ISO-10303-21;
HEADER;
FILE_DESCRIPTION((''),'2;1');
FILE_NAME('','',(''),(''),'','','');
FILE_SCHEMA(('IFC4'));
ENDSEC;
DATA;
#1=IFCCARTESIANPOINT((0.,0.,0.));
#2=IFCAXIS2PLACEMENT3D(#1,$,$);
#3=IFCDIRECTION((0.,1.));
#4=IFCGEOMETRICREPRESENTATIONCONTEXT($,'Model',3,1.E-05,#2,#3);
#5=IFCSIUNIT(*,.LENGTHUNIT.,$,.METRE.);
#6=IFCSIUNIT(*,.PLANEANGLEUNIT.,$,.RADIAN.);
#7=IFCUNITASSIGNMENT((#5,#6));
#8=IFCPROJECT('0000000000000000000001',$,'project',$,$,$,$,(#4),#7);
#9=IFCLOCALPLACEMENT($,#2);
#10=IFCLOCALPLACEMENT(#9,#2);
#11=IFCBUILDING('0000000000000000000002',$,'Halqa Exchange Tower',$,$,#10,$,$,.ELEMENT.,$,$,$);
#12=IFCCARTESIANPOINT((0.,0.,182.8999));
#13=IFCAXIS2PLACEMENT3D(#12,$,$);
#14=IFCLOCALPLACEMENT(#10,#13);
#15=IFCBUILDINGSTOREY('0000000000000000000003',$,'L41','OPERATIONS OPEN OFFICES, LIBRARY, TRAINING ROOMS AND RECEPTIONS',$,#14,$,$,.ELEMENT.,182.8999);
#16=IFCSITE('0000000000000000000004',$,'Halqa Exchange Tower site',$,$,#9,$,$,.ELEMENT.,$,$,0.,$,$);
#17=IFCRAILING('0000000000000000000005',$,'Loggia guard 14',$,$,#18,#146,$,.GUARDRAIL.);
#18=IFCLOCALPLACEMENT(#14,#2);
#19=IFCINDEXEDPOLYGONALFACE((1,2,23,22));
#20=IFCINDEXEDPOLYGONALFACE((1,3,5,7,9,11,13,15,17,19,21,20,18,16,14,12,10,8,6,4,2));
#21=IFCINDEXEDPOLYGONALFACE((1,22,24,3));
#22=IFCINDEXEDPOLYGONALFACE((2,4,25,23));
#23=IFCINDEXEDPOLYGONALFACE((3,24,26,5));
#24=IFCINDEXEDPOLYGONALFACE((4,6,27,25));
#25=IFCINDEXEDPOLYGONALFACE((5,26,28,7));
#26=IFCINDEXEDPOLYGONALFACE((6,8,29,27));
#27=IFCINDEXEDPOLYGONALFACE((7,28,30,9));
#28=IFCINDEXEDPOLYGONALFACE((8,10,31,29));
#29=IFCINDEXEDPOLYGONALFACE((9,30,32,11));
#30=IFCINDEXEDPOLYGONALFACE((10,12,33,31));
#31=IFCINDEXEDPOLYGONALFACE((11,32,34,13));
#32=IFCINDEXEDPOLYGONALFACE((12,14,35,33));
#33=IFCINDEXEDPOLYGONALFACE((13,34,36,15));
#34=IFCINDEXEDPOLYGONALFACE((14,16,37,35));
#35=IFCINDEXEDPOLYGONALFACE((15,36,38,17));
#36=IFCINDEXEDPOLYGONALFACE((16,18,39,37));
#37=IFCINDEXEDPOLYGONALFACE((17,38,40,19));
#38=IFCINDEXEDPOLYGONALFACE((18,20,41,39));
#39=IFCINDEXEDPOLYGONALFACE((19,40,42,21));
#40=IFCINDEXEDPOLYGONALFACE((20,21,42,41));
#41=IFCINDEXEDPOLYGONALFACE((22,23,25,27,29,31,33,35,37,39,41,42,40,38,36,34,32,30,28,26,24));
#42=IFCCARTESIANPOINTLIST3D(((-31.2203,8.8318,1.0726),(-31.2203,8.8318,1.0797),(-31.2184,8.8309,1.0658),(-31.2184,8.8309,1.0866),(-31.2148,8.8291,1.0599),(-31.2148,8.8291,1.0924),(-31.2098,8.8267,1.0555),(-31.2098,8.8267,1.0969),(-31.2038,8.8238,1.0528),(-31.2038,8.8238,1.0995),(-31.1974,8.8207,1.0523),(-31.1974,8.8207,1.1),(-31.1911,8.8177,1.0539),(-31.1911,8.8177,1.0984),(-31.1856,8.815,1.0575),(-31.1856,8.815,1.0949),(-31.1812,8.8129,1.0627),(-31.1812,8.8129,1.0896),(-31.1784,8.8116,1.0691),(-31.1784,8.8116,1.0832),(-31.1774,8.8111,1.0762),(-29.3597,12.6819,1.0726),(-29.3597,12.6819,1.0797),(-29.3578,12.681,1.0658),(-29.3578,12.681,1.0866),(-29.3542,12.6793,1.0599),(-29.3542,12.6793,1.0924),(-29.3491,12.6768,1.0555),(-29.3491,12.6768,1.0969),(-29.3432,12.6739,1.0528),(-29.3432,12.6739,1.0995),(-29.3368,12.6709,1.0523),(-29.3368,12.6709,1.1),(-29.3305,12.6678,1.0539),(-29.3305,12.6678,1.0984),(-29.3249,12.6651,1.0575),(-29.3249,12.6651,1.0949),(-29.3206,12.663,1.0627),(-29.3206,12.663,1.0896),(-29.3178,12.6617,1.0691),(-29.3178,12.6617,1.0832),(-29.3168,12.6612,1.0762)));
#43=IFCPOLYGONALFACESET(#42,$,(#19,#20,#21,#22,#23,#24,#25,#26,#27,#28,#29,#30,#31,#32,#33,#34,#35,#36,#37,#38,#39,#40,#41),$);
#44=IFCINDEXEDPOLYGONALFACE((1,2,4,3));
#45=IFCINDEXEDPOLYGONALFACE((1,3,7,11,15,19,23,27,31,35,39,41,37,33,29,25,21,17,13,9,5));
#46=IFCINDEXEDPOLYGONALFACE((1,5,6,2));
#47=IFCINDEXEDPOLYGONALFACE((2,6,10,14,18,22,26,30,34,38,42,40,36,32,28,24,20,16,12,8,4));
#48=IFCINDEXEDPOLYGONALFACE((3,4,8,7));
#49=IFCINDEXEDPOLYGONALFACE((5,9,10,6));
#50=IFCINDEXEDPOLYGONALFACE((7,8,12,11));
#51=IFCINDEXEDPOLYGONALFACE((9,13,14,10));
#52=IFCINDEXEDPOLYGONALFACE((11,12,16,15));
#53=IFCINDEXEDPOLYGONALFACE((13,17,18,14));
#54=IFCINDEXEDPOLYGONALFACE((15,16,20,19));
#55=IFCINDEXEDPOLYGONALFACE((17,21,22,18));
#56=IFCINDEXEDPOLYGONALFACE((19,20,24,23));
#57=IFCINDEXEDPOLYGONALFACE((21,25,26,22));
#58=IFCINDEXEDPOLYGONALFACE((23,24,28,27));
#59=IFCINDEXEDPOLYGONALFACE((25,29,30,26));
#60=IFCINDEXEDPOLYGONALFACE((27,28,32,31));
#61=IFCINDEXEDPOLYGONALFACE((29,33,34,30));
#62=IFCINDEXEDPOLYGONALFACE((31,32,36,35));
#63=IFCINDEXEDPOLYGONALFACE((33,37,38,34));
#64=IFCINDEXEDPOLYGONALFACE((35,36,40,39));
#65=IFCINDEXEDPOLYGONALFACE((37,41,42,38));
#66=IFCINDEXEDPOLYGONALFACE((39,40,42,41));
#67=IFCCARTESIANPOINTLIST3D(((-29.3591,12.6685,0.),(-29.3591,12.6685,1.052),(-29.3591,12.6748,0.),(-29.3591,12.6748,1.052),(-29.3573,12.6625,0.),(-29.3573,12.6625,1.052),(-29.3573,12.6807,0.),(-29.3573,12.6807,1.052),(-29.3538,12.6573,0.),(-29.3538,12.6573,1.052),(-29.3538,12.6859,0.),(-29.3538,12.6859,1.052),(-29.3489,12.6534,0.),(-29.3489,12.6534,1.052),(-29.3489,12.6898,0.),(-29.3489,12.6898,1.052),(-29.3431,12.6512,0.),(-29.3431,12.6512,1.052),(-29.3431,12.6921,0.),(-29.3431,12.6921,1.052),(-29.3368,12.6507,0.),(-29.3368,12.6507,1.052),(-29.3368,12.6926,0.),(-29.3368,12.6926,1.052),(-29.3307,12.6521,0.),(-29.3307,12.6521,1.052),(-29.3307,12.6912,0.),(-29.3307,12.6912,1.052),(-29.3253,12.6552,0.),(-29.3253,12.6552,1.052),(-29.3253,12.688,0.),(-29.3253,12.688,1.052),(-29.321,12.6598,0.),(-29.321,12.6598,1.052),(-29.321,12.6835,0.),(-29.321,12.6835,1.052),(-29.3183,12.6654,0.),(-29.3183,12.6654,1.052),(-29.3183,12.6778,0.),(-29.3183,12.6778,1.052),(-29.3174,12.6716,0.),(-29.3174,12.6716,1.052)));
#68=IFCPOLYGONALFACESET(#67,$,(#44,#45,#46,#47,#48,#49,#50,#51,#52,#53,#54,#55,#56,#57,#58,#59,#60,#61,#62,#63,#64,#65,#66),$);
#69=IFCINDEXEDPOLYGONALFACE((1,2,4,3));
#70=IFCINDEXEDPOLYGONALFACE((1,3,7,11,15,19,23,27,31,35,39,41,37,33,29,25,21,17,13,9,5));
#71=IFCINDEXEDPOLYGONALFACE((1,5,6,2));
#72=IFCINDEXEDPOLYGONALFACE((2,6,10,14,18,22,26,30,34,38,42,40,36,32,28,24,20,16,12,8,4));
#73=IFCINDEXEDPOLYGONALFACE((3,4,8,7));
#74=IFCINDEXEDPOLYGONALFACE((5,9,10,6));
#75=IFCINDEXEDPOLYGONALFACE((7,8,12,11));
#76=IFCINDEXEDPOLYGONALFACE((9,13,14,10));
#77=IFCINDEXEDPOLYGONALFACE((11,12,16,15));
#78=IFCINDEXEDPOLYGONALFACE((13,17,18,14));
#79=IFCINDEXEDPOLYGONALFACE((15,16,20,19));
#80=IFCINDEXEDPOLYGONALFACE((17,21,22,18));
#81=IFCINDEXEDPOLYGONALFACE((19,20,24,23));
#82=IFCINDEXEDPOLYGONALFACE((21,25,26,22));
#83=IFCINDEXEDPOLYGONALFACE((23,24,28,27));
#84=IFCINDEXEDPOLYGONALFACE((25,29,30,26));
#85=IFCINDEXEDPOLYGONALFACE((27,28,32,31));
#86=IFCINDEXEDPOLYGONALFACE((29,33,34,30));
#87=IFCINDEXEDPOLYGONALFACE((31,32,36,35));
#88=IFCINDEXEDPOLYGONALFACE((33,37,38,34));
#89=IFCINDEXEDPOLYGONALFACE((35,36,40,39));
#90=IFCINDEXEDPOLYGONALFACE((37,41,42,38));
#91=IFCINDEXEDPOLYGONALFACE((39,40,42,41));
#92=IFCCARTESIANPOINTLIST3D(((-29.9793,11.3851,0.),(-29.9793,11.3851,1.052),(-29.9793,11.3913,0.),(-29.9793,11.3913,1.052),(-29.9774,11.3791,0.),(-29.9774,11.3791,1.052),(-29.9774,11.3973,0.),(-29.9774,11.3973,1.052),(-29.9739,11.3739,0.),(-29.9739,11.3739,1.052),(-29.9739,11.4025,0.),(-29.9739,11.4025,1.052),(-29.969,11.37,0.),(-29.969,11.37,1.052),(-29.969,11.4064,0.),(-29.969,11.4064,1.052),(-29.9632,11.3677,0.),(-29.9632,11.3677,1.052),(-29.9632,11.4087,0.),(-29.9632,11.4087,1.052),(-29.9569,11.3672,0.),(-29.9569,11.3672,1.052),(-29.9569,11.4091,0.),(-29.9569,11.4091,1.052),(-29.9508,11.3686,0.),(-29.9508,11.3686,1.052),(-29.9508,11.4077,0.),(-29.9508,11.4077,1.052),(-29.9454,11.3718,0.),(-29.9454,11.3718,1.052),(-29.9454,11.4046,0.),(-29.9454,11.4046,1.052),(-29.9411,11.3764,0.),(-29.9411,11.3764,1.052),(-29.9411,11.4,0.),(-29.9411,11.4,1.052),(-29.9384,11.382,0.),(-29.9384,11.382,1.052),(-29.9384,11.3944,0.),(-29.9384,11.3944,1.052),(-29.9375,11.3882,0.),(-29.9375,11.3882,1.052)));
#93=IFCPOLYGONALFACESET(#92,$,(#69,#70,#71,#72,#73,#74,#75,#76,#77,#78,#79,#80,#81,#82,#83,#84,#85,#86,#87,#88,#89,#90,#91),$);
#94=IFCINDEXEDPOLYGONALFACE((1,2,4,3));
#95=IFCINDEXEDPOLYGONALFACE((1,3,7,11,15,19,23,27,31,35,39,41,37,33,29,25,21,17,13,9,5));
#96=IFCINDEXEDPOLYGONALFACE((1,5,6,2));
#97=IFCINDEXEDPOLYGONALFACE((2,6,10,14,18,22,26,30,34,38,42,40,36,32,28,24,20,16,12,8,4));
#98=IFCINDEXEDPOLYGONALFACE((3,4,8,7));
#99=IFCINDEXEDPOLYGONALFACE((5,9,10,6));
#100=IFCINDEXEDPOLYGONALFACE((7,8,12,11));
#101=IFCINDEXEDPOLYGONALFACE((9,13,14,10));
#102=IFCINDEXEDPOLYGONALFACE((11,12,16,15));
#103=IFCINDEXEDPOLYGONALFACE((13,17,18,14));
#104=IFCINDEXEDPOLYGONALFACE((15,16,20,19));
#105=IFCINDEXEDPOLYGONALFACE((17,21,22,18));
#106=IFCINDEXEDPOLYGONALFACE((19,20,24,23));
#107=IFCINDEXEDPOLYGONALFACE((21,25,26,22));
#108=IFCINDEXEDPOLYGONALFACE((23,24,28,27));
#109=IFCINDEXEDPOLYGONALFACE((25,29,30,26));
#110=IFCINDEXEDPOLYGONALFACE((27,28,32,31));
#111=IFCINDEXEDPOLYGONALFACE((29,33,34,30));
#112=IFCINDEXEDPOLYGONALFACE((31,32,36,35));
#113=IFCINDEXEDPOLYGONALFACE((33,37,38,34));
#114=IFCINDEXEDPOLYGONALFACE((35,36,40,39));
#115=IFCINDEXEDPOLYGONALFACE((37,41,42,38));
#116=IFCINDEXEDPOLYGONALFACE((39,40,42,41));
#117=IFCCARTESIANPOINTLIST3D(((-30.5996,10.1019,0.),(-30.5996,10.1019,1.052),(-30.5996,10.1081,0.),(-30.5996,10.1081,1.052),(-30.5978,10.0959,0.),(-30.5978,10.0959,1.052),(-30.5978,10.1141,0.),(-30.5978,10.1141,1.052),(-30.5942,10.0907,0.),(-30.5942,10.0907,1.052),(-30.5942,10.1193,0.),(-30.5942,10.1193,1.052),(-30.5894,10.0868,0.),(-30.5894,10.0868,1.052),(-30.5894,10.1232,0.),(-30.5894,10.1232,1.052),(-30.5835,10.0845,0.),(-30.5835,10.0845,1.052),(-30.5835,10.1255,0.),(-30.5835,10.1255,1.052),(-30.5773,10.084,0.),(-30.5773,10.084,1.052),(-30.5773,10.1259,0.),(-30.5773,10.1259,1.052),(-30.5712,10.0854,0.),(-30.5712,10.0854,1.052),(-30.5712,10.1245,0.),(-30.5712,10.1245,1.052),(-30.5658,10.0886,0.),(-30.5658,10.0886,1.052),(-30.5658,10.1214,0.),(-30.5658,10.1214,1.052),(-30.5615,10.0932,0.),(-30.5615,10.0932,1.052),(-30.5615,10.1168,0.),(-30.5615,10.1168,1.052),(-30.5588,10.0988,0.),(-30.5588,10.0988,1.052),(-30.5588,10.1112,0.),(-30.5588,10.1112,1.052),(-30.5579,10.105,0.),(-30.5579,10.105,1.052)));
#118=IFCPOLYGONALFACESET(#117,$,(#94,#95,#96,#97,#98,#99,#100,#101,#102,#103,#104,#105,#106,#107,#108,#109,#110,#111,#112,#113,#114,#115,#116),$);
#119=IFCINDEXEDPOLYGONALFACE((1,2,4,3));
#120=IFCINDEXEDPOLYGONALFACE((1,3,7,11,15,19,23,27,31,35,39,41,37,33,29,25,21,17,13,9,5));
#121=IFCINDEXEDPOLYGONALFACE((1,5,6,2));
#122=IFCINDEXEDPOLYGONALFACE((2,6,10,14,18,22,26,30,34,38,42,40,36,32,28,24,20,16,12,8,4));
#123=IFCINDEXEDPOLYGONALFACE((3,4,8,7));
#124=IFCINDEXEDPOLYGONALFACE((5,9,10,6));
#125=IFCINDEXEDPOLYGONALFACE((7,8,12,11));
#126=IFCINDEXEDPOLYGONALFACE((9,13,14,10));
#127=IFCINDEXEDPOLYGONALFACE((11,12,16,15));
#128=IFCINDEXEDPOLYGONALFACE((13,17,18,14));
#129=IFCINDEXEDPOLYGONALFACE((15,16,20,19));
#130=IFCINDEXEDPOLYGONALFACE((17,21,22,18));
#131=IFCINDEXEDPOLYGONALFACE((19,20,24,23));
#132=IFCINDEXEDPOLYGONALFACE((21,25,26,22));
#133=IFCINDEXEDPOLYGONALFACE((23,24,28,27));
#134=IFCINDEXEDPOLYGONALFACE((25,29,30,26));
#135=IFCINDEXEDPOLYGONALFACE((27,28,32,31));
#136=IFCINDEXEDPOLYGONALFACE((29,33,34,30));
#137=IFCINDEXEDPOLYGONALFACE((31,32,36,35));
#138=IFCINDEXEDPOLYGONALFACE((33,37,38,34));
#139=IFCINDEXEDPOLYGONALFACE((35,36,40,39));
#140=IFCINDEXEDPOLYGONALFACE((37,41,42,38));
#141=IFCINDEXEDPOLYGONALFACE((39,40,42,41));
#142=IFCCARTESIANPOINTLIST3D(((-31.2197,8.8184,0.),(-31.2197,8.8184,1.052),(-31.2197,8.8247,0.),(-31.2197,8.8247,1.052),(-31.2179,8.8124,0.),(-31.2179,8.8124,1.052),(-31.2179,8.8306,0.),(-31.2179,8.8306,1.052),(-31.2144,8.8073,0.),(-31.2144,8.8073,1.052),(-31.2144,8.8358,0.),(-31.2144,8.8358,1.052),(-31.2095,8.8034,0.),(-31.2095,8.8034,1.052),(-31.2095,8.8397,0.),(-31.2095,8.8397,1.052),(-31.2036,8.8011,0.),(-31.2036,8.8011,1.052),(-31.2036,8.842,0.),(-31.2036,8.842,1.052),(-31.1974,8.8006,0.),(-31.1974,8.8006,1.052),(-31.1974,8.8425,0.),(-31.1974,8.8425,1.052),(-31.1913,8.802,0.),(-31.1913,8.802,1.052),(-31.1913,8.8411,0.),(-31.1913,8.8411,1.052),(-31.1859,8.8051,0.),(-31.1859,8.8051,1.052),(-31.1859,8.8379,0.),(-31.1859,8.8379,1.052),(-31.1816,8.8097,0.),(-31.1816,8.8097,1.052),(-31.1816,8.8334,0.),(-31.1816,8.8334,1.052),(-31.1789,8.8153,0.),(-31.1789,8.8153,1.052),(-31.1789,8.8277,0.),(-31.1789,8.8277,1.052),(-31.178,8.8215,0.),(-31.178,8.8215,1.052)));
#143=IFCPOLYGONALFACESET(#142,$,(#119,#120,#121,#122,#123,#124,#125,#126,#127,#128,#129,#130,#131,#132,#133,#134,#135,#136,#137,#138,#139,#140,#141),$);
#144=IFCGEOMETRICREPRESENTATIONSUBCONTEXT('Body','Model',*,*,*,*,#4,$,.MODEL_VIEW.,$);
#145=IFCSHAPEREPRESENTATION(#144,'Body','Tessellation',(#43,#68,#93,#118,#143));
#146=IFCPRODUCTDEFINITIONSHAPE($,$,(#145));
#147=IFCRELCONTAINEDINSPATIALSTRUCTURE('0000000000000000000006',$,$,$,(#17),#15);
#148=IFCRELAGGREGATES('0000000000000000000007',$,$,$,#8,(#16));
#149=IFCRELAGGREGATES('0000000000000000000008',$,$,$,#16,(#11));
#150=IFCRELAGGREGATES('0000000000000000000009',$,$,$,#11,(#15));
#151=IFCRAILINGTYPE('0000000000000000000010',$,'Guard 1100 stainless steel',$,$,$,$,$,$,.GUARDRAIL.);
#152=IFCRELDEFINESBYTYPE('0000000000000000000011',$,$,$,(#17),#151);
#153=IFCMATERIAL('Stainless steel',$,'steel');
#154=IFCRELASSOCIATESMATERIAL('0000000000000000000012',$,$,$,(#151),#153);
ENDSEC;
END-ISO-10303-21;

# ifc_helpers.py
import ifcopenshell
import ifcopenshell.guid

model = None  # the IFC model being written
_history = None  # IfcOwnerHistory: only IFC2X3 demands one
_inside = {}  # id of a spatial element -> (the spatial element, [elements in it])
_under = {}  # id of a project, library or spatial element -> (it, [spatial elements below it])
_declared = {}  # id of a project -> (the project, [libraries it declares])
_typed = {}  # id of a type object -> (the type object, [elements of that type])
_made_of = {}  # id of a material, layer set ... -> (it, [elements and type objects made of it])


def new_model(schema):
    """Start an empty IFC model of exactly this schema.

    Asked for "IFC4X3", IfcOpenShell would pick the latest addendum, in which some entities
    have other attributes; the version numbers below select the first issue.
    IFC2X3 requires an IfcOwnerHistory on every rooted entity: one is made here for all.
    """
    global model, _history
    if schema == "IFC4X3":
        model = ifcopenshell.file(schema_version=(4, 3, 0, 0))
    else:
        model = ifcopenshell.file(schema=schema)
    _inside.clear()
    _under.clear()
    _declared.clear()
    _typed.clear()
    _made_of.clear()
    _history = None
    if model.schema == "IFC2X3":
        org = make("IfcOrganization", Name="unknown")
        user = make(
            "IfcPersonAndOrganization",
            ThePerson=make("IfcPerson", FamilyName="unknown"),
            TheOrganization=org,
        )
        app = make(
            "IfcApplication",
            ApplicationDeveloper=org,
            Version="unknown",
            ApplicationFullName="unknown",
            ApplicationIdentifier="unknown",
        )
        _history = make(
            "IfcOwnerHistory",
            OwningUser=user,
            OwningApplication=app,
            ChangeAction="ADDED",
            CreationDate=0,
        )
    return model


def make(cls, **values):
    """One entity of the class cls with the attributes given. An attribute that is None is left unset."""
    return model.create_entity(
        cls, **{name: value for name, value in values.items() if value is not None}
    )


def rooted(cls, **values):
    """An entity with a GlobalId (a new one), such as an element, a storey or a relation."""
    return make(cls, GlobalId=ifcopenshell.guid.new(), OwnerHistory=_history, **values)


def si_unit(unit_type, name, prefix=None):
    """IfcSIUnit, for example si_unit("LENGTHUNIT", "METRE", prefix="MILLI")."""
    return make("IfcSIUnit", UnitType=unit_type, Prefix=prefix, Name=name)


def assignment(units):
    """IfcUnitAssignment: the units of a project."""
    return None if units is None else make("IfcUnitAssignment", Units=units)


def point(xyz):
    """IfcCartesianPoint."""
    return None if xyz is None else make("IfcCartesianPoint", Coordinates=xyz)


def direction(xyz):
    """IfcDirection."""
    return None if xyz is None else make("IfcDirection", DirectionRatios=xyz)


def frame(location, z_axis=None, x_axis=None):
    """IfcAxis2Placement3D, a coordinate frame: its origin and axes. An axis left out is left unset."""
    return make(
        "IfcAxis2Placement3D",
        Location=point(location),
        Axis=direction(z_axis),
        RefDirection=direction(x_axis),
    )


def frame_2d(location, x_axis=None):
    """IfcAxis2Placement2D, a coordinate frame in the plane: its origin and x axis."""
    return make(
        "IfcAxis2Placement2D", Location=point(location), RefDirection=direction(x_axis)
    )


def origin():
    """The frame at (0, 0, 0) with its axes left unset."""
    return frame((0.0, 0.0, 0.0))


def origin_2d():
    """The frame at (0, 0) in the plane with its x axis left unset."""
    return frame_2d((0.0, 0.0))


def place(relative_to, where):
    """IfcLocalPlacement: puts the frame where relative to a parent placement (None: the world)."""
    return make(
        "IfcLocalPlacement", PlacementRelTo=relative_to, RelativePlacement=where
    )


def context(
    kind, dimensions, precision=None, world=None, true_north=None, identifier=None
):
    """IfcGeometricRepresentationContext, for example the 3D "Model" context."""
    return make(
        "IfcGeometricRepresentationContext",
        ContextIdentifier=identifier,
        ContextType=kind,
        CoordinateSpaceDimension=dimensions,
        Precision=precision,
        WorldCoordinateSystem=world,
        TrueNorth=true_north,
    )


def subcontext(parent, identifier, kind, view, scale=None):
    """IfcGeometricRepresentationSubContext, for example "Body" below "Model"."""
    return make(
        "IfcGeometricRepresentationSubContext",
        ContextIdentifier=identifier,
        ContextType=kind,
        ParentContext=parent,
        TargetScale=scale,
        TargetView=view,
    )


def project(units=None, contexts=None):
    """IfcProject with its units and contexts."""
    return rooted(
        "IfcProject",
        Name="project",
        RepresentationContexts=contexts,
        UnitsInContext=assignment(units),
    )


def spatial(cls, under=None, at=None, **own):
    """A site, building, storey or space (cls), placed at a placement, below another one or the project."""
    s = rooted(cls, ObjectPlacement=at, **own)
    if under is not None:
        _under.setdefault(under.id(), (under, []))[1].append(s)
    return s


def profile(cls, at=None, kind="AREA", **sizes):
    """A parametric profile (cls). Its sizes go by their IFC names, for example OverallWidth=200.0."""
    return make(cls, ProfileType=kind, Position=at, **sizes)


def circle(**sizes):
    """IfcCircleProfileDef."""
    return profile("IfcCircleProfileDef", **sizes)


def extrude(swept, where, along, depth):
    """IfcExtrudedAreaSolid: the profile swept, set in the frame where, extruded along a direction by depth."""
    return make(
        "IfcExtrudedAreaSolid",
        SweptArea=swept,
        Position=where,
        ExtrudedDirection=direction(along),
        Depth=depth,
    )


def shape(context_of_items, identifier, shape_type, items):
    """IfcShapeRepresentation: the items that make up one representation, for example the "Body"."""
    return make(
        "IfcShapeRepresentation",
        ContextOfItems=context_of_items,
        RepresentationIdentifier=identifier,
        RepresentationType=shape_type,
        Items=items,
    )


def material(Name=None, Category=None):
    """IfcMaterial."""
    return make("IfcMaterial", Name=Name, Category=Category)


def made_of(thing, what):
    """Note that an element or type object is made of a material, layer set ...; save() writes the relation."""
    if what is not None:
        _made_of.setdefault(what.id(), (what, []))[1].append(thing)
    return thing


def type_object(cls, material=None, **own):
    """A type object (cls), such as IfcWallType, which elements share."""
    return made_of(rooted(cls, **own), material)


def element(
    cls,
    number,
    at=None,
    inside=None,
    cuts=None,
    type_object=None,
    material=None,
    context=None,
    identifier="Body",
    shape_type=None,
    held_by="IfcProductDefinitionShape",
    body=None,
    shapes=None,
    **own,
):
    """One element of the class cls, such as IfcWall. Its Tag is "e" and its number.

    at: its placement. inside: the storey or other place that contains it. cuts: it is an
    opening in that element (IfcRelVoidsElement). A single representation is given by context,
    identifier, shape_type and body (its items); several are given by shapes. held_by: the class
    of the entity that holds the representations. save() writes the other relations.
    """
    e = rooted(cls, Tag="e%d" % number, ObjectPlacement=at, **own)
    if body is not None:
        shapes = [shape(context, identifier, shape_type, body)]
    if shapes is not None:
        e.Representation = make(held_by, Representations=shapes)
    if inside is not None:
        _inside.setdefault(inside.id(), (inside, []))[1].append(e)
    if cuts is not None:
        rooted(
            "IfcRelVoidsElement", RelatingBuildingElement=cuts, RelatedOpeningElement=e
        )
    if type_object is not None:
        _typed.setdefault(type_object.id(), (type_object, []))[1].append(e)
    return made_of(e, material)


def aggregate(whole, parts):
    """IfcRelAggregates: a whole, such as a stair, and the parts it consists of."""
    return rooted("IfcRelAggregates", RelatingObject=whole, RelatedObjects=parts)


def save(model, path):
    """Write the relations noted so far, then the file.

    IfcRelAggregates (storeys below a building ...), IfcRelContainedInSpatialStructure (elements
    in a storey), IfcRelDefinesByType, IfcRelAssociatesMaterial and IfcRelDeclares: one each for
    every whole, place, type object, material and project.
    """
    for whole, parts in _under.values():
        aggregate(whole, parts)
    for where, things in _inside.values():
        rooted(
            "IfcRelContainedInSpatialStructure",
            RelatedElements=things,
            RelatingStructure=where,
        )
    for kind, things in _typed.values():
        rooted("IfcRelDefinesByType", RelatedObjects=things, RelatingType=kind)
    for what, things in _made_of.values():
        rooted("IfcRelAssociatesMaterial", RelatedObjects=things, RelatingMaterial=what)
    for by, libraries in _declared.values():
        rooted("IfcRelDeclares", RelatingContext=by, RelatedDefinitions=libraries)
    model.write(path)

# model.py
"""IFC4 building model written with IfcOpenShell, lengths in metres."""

from ifc_helpers import new_model, si_unit, direction, frame, origin, origin_2d, place, context, subcontext, project, spatial, circle, extrude, material, type_object, element, save


model = new_model("IFC4")

# Units and contexts
model_context = context("Model", 3, precision=1e-05, world=origin(), true_north=direction((0.0, 1.0)))
body_context = subcontext(model_context, "Body", "Model", "MODEL_VIEW")
ifc_project = project(units=[si_unit("LENGTHUNIT", "METRE"), si_unit("PLANEANGLEUNIT", "RADIAN")], contexts=[model_context])

# Site, building, storey
site_placement = place(None, origin())
site = spatial("IfcSite", under=ifc_project, at=site_placement, Name="Halqa Exchange Tower site", CompositionType="ELEMENT", RefElevation=0.0)
building_placement = place(site_placement, origin())
building = spatial("IfcBuilding", under=site, at=building_placement, Name="Halqa Exchange Tower", CompositionType="ELEMENT")
storey_placement = place(building_placement, frame((0.0, 0.0, 182.8999)))
storey = spatial("IfcBuildingStorey", under=building, at=storey_placement, Name="L41", Description="OPERATIONS OPEN OFFICES, LIBRARY, TRAINING ROOMS AND RECEPTIONS", CompositionType="ELEMENT", Elevation=182.8999)

# Railing
ifc_material_1 = material(Name="Stainless steel", Category="steel")
railing_type = type_object("IfcRailingType", Name="Guard 1100 stainless steel", PredefinedType="GUARDRAIL", material=ifc_material_1)
railing_1_placement = place(storey_placement, frame((-29.3384, 12.6716, 0.0)))
element("IfcRailing", 1, at=railing_1_placement, inside=storey, type_object=railing_type, Name="Loggia guard 14", PredefinedType="GUARDRAIL", context=body_context, shape_type="SweptSolid", body=[
    extrude(circle(Radius=0.0239, at=origin_2d()), frame((0.0, 0.0, 1.0762), z_axis=(-0.435115, -0.900375, 0.0), x_axis=(0.900375, -0.435115, 0.0)), (0.0, 0.0, 1.0), 4.2761),
    extrude(circle(Radius=0.021, at=origin_2d()), origin(), (0.0, 0.0, 1.0), 1.052),
    extrude(circle(Radius=0.021, at=origin_2d()), frame((-0.6201, -1.2834, 0.0)), (0.0, 0.0, 1.0), 1.052),
    extrude(circle(Radius=0.021, at=origin_2d()), frame((-1.2405, -2.5667, 0.0)), (0.0, 0.0, 1.0), 1.052),
    extrude(circle(Radius=0.021, at=origin_2d()), frame((-1.8606, -3.8501, 0.0)), (0.0, 0.0, 1.0), 1.052),
])

save(model, "model.ifc")
